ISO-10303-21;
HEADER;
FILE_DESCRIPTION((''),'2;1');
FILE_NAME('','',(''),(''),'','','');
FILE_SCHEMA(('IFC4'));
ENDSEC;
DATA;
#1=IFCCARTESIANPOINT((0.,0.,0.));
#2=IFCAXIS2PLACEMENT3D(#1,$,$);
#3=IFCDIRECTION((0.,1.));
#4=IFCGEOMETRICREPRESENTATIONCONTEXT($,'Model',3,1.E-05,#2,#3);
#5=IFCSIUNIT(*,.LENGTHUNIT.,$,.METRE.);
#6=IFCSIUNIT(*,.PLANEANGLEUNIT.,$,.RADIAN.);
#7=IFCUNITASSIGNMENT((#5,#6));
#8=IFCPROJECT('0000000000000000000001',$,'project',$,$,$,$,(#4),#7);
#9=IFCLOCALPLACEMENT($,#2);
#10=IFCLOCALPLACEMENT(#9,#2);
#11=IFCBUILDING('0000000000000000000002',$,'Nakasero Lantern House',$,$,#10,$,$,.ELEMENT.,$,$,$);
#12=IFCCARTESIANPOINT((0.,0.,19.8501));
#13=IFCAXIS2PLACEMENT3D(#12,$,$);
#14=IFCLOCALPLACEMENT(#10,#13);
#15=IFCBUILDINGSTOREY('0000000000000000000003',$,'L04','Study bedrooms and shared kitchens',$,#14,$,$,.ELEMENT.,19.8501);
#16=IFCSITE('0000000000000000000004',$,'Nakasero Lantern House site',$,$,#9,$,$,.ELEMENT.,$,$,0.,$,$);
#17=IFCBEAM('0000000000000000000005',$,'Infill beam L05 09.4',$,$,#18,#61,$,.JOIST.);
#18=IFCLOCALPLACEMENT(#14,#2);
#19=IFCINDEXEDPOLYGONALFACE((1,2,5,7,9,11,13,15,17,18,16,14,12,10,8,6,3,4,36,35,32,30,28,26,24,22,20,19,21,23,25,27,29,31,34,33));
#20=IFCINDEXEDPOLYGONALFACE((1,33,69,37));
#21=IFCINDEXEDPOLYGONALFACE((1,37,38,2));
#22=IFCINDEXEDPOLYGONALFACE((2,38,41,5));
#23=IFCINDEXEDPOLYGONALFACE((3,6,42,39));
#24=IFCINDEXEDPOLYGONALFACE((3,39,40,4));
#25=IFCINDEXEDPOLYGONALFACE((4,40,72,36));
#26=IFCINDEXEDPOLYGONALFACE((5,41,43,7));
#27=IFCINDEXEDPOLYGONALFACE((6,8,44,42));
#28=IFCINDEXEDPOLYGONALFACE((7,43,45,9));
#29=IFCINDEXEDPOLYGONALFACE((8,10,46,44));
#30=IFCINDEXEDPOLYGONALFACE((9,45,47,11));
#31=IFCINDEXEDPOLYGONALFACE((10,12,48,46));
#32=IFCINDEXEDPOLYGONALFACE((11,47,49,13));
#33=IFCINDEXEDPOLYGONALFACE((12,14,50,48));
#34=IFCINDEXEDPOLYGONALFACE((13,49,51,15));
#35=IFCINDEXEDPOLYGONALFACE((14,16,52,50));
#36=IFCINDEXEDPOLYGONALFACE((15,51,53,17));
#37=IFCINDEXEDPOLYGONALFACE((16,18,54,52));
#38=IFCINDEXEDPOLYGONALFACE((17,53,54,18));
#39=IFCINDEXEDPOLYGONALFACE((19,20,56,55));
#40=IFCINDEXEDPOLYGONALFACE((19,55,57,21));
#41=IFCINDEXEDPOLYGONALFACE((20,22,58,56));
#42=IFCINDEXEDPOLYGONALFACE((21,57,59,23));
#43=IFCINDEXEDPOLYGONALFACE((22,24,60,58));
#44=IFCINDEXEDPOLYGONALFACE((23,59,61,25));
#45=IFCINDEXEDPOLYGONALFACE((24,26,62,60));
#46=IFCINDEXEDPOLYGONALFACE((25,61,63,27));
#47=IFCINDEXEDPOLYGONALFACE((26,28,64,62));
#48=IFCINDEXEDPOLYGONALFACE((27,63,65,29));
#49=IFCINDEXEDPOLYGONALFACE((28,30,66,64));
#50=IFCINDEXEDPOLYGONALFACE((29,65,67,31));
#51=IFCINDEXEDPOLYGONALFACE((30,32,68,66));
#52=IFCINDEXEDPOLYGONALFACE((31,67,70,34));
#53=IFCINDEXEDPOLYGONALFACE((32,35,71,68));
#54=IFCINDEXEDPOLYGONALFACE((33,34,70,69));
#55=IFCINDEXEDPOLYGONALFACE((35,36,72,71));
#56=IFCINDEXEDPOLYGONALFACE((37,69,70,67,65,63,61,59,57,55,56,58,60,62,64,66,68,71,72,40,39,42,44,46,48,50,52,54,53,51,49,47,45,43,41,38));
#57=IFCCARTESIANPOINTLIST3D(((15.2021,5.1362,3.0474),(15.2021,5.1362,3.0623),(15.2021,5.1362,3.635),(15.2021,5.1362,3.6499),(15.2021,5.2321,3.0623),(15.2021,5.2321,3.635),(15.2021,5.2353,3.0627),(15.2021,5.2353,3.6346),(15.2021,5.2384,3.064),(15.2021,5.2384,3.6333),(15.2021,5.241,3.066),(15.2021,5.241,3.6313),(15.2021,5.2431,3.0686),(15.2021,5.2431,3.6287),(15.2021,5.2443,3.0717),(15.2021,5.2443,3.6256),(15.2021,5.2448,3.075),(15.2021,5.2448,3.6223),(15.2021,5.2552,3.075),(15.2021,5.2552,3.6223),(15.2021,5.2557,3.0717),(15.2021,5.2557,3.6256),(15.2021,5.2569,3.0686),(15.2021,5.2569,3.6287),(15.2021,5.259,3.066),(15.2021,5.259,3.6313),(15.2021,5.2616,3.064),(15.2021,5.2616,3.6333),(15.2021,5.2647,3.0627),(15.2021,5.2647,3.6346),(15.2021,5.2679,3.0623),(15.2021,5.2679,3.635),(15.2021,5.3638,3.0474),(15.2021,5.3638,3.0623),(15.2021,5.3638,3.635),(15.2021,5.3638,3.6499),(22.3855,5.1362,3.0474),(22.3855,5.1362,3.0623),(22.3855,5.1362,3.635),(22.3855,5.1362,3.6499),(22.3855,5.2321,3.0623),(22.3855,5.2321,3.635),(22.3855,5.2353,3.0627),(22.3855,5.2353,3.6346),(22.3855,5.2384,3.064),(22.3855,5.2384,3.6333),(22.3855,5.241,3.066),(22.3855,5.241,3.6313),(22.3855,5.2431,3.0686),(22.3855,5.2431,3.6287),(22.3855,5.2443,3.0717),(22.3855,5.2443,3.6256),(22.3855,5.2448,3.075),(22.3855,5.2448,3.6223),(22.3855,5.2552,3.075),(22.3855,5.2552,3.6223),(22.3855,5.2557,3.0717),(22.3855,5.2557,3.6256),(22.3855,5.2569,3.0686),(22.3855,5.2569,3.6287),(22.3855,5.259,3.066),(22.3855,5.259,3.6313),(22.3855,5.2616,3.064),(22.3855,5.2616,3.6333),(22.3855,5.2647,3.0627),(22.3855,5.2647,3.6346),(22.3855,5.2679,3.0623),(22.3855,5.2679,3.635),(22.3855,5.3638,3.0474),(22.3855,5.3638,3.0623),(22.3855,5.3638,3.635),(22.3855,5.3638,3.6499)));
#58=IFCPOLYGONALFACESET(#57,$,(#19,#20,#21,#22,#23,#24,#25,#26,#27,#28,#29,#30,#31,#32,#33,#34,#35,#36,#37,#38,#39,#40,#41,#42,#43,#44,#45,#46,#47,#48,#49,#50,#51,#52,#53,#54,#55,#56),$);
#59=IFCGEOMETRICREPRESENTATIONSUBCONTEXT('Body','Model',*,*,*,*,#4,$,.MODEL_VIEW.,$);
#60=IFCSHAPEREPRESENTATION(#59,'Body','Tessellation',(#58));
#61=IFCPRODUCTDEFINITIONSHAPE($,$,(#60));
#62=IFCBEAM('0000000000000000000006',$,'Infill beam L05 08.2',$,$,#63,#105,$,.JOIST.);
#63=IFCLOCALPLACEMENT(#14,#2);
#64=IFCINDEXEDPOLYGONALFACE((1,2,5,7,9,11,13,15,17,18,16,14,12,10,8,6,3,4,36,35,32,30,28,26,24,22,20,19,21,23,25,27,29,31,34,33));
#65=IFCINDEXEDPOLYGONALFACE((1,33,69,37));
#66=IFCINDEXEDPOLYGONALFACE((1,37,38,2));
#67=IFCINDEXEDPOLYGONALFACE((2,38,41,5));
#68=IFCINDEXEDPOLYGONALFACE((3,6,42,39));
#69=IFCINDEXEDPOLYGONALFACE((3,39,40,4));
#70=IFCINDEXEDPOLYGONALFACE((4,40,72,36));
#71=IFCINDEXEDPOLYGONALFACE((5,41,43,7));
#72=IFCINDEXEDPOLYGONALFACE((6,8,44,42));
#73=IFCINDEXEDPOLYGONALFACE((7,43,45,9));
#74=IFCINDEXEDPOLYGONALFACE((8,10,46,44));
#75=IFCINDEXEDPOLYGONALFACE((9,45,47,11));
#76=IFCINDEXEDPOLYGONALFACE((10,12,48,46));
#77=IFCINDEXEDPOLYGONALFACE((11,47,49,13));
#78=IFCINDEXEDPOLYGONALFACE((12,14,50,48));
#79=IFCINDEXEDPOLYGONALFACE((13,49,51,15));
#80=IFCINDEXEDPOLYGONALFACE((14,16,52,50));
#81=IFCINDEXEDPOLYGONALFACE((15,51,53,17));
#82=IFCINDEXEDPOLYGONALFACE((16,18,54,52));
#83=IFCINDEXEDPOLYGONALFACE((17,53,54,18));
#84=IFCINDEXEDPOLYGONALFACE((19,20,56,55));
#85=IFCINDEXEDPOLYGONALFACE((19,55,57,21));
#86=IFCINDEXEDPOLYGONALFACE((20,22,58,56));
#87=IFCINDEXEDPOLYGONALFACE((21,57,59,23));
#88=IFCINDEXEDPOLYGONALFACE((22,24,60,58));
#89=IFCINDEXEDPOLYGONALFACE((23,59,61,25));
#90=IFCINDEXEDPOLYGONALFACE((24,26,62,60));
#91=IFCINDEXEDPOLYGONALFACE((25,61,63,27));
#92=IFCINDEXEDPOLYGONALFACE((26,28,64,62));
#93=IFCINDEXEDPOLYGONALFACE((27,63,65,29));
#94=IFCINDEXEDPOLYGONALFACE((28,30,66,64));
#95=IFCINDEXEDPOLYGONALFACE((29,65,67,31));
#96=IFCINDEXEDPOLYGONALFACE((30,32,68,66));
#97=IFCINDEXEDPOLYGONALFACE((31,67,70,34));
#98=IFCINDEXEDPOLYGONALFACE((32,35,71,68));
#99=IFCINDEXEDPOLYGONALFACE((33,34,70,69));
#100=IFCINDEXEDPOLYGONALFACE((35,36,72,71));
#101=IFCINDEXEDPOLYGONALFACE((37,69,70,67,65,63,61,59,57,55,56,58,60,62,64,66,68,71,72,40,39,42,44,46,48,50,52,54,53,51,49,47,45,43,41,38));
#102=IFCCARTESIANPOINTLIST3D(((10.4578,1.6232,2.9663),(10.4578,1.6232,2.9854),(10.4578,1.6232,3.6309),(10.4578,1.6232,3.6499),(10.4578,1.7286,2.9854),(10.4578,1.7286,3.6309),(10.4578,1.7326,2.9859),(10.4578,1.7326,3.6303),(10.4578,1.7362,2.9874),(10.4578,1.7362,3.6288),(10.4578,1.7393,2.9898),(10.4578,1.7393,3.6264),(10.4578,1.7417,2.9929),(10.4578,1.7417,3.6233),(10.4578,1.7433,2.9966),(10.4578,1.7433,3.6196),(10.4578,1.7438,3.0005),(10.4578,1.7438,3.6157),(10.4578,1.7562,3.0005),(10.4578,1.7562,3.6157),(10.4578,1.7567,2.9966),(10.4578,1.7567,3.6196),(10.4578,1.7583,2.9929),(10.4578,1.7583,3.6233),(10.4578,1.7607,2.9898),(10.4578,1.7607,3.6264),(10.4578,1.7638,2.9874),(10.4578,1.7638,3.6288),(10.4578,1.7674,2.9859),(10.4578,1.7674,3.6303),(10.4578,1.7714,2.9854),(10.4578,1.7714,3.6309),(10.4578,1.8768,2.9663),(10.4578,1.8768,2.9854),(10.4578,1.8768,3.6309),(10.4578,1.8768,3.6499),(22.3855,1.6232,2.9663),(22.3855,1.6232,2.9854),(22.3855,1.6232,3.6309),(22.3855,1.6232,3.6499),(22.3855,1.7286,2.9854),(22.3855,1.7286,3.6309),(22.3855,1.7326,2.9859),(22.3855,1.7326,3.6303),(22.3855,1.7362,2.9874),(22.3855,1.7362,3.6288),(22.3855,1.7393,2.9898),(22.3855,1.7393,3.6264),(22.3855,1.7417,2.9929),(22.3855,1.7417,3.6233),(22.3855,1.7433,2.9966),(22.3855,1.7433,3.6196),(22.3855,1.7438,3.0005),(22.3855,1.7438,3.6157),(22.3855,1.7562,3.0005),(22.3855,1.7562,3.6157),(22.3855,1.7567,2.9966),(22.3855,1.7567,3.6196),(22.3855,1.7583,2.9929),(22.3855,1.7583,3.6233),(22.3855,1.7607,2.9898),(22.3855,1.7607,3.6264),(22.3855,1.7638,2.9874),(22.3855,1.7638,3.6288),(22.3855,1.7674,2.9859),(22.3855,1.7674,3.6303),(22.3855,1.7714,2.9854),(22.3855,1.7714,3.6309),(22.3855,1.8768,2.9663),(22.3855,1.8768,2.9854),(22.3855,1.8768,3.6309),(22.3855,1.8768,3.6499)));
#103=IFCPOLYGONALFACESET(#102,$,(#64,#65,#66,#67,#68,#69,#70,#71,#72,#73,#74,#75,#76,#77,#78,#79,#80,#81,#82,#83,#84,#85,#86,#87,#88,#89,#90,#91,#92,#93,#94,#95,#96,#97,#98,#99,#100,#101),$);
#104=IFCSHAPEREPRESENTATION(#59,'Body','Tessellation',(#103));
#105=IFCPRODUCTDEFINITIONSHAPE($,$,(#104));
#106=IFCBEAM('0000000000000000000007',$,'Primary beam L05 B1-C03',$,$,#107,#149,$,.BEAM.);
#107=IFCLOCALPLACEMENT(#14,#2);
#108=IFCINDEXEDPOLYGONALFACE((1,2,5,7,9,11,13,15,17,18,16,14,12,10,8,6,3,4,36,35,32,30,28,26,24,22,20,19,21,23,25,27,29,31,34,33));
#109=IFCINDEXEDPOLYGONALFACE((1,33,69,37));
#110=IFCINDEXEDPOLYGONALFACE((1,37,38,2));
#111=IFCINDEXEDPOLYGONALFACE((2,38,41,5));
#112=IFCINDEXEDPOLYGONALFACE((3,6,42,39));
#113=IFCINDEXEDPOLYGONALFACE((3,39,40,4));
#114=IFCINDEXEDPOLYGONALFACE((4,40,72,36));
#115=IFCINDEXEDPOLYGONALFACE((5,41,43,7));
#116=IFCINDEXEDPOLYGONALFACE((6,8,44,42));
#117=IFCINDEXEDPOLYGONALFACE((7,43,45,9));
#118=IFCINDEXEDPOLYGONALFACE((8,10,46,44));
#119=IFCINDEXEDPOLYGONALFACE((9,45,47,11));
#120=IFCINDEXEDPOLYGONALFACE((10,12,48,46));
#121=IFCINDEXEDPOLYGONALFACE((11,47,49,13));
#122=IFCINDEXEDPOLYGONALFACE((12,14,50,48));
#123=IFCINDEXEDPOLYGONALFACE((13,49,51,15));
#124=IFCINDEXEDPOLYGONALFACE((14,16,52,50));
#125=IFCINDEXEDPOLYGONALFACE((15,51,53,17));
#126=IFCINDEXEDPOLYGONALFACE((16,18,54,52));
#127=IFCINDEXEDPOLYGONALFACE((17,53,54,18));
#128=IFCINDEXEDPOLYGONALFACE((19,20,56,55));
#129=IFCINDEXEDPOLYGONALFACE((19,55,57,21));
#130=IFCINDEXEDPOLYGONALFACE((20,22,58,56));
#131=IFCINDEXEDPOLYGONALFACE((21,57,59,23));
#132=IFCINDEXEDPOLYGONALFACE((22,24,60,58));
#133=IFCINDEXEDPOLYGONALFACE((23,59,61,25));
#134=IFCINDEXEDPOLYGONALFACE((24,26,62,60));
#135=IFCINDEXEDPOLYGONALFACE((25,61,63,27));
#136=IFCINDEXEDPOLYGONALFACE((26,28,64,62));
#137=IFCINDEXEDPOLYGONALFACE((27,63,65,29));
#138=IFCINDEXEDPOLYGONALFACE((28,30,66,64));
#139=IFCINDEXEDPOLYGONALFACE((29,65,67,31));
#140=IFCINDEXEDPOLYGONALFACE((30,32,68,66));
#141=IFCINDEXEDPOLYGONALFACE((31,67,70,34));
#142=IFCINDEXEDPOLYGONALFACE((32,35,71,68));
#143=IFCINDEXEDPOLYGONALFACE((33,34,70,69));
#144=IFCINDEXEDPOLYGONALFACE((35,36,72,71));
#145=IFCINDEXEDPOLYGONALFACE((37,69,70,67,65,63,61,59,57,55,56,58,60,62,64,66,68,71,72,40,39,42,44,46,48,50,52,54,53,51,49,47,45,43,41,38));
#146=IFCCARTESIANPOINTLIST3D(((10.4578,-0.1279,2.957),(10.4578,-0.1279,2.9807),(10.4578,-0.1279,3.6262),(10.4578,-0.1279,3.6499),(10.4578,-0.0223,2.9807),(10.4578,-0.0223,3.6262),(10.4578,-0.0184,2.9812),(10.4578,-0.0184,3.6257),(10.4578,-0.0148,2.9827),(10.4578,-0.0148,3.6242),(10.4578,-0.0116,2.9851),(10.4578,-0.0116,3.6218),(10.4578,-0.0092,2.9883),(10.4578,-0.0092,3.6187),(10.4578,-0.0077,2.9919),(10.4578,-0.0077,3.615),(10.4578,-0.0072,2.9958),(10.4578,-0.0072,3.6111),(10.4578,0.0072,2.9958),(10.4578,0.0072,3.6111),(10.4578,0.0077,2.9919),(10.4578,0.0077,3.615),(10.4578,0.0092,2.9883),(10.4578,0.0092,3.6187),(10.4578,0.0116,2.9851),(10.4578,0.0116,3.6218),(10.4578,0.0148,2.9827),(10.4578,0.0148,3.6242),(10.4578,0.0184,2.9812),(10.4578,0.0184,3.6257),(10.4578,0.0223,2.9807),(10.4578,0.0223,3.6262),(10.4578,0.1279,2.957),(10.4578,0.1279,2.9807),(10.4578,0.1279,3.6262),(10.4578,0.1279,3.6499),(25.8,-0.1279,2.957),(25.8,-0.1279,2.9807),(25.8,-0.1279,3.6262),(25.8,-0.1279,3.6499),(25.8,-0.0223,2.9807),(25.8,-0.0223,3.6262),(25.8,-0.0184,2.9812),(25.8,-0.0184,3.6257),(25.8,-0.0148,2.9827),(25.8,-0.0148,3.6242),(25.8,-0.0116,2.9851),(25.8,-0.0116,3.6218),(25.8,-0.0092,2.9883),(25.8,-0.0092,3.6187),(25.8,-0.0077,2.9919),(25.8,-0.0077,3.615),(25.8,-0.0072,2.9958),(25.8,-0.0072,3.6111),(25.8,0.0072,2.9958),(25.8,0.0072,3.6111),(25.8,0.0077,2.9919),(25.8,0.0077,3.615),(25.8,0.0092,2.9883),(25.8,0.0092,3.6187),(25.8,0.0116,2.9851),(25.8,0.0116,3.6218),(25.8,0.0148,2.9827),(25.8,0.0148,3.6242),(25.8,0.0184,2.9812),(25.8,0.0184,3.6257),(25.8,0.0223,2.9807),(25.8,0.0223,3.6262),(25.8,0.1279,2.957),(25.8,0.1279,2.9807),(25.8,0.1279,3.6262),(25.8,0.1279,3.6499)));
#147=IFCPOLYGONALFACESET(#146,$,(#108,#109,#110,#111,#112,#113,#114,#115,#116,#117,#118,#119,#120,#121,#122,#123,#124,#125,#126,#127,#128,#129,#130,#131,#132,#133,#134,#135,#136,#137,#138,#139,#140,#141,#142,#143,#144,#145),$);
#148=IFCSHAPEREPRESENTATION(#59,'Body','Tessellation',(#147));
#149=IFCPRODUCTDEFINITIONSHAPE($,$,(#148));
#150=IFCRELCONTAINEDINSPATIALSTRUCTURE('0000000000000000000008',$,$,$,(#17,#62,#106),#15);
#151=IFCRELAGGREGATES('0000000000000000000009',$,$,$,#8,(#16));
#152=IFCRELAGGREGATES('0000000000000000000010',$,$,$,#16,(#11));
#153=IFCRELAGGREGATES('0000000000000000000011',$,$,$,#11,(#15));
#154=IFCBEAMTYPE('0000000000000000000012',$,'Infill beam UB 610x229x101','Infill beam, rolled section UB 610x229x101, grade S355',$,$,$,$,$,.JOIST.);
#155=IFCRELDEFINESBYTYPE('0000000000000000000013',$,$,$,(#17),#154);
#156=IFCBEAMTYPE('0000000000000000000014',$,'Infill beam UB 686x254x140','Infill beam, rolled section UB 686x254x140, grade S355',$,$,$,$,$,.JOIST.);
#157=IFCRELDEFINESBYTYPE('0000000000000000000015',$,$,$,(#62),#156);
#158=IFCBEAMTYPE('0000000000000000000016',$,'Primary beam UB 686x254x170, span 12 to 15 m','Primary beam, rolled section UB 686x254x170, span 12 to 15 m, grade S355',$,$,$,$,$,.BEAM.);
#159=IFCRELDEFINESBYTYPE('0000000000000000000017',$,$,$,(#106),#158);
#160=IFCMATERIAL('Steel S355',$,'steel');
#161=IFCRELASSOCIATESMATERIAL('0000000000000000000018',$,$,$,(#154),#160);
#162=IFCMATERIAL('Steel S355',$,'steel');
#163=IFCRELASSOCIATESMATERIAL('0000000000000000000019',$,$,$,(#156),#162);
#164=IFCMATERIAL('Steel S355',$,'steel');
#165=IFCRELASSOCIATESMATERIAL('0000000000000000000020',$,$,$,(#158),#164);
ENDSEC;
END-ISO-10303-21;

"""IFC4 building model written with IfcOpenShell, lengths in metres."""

from ifc_helpers import new_model, si_unit, direction, frame, origin, origin_2d, place, context, subcontext, project, spatial, i_section, extrude, material, material_profile, profile_set, type_object, element, save


model = new_model("IFC4")

# Units and contexts
model_context = context("Model", 3, precision=1e-05, world=origin(), true_north=direction((0.0, 1.0)))
body_context = subcontext(model_context, "Body", "Model", "MODEL_VIEW")
ifc_project = project(units=[si_unit("LENGTHUNIT", "METRE"), si_unit("PLANEANGLEUNIT", "RADIAN")], contexts=[model_context])

# Site, building, storey
site_placement = place(None, origin())
site = spatial("IfcSite", under=ifc_project, at=site_placement, Name="Nakasero Lantern House site", CompositionType="ELEMENT", RefElevation=0.0)
building_placement = place(site_placement, origin())
building = spatial("IfcBuilding", under=site, at=building_placement, Name="Nakasero Lantern House", CompositionType="ELEMENT")
storey_placement = place(building_placement, frame((0.0, 0.0, 19.8501)))
storey = spatial("IfcBuildingStorey", under=building, at=storey_placement, Name="L04", Description="Study bedrooms and shared kitchens", CompositionType="ELEMENT", Elevation=19.8501)

# Beams
ifc_material_1 = material(Name="Steel S355", Category="steel")
ifc_material_profile_1 = material_profile(ifc_material_1, i_section(OverallWidth=0.2275, OverallDepth=0.6025, WebThickness=0.0105, FlangeThickness=0.0149, FilletRadius=0.0127, at=origin_2d()), Name="UB 610x229x101")
ifc_profile_set_1 = profile_set([ifc_material_profile_1], Name="Steel S355")
beam_type_1 = type_object("IfcBeamType", Name="Infill beam UB 610x229x101", Description="Infill beam, rolled section UB 610x229x101, grade S355", PredefinedType="JOIST", material=ifc_profile_set_1)
beam_1_placement = place(storey_placement, frame((15.2021, 5.25, 3.3486), z_axis=(1.0, 0.0, 0.0), x_axis=(0.0, 1.0, 0.0)))
element("IfcBeam", 1, at=beam_1_placement, inside=storey, type_object=beam_type_1, Name="Infill beam L05 09.4", PredefinedType="JOIST", context=body_context, shape_type="SweptSolid", body=[
    extrude(i_section(OverallWidth=0.2275, OverallDepth=0.6025, WebThickness=0.0105, FlangeThickness=0.0149, FilletRadius=0.0127, at=origin_2d()), origin(), (0.0, 0.0, 1.0), 7.1833),
])
ifc_material_2 = material(Name="Steel S355", Category="steel")
ifc_material_profile_2 = material_profile(ifc_material_2, i_section(OverallWidth=0.2537, OverallDepth=0.6836, WebThickness=0.0125, FlangeThickness=0.019, FilletRadius=0.0151, at=origin_2d()), Name="UB 686x254x140")
ifc_profile_set_2 = profile_set([ifc_material_profile_2], Name="Steel S355")
beam_type_2 = type_object("IfcBeamType", Name="Infill beam UB 686x254x140", Description="Infill beam, rolled section UB 686x254x140, grade S355", PredefinedType="JOIST", material=ifc_profile_set_2)
beam_2_placement = place(storey_placement, frame((10.4578, 1.75, 3.3081), z_axis=(1.0, 0.0, 0.0), x_axis=(0.0, 1.0, 0.0)))
element("IfcBeam", 2, at=beam_2_placement, inside=storey, type_object=beam_type_2, Name="Infill beam L05 08.2", PredefinedType="JOIST", context=body_context, shape_type="SweptSolid", body=[
    extrude(i_section(OverallWidth=0.2537, OverallDepth=0.6836, WebThickness=0.0125, FlangeThickness=0.019, FilletRadius=0.0151, at=origin_2d()), origin(), (0.0, 0.0, 1.0), 11.9277),
])
ifc_material_3 = material(Name="Steel S355", Category="steel")
ifc_material_profile_3 = material_profile(ifc_material_3, i_section(OverallWidth=0.2559, OverallDepth=0.6929, WebThickness=0.0144, FlangeThickness=0.0237, FilletRadius=0.0151, at=origin_2d()), Name="UB 686x254x170")
ifc_profile_set_3 = profile_set([ifc_material_profile_3], Name="Steel S355")
beam_type_3 = type_object("IfcBeamType", Name="Primary beam UB 686x254x170, span 12 to 15 m", Description="Primary beam, rolled section UB 686x254x170, span 12 to 15 m, grade S355", PredefinedType="BEAM", material=ifc_profile_set_3)
beam_3_placement = place(storey_placement, frame((25.8, 0.0, 3.3035), z_axis=(-1.0, 0.0, 0.0), x_axis=(0.0, -1.0, 0.0)))
element("IfcBeam", 3, at=beam_3_placement, inside=storey, type_object=beam_type_3, Name="Primary beam L05 B1-C03", PredefinedType="BEAM", context=body_context, shape_type="SweptSolid", body=[
    extrude(i_section(OverallWidth=0.2559, OverallDepth=0.6929, WebThickness=0.0144, FlangeThickness=0.0237, FilletRadius=0.0151, at=origin_2d()), origin(), (0.0, 0.0, 1.0), 15.3423),
])

save(model, "model.ifc")
